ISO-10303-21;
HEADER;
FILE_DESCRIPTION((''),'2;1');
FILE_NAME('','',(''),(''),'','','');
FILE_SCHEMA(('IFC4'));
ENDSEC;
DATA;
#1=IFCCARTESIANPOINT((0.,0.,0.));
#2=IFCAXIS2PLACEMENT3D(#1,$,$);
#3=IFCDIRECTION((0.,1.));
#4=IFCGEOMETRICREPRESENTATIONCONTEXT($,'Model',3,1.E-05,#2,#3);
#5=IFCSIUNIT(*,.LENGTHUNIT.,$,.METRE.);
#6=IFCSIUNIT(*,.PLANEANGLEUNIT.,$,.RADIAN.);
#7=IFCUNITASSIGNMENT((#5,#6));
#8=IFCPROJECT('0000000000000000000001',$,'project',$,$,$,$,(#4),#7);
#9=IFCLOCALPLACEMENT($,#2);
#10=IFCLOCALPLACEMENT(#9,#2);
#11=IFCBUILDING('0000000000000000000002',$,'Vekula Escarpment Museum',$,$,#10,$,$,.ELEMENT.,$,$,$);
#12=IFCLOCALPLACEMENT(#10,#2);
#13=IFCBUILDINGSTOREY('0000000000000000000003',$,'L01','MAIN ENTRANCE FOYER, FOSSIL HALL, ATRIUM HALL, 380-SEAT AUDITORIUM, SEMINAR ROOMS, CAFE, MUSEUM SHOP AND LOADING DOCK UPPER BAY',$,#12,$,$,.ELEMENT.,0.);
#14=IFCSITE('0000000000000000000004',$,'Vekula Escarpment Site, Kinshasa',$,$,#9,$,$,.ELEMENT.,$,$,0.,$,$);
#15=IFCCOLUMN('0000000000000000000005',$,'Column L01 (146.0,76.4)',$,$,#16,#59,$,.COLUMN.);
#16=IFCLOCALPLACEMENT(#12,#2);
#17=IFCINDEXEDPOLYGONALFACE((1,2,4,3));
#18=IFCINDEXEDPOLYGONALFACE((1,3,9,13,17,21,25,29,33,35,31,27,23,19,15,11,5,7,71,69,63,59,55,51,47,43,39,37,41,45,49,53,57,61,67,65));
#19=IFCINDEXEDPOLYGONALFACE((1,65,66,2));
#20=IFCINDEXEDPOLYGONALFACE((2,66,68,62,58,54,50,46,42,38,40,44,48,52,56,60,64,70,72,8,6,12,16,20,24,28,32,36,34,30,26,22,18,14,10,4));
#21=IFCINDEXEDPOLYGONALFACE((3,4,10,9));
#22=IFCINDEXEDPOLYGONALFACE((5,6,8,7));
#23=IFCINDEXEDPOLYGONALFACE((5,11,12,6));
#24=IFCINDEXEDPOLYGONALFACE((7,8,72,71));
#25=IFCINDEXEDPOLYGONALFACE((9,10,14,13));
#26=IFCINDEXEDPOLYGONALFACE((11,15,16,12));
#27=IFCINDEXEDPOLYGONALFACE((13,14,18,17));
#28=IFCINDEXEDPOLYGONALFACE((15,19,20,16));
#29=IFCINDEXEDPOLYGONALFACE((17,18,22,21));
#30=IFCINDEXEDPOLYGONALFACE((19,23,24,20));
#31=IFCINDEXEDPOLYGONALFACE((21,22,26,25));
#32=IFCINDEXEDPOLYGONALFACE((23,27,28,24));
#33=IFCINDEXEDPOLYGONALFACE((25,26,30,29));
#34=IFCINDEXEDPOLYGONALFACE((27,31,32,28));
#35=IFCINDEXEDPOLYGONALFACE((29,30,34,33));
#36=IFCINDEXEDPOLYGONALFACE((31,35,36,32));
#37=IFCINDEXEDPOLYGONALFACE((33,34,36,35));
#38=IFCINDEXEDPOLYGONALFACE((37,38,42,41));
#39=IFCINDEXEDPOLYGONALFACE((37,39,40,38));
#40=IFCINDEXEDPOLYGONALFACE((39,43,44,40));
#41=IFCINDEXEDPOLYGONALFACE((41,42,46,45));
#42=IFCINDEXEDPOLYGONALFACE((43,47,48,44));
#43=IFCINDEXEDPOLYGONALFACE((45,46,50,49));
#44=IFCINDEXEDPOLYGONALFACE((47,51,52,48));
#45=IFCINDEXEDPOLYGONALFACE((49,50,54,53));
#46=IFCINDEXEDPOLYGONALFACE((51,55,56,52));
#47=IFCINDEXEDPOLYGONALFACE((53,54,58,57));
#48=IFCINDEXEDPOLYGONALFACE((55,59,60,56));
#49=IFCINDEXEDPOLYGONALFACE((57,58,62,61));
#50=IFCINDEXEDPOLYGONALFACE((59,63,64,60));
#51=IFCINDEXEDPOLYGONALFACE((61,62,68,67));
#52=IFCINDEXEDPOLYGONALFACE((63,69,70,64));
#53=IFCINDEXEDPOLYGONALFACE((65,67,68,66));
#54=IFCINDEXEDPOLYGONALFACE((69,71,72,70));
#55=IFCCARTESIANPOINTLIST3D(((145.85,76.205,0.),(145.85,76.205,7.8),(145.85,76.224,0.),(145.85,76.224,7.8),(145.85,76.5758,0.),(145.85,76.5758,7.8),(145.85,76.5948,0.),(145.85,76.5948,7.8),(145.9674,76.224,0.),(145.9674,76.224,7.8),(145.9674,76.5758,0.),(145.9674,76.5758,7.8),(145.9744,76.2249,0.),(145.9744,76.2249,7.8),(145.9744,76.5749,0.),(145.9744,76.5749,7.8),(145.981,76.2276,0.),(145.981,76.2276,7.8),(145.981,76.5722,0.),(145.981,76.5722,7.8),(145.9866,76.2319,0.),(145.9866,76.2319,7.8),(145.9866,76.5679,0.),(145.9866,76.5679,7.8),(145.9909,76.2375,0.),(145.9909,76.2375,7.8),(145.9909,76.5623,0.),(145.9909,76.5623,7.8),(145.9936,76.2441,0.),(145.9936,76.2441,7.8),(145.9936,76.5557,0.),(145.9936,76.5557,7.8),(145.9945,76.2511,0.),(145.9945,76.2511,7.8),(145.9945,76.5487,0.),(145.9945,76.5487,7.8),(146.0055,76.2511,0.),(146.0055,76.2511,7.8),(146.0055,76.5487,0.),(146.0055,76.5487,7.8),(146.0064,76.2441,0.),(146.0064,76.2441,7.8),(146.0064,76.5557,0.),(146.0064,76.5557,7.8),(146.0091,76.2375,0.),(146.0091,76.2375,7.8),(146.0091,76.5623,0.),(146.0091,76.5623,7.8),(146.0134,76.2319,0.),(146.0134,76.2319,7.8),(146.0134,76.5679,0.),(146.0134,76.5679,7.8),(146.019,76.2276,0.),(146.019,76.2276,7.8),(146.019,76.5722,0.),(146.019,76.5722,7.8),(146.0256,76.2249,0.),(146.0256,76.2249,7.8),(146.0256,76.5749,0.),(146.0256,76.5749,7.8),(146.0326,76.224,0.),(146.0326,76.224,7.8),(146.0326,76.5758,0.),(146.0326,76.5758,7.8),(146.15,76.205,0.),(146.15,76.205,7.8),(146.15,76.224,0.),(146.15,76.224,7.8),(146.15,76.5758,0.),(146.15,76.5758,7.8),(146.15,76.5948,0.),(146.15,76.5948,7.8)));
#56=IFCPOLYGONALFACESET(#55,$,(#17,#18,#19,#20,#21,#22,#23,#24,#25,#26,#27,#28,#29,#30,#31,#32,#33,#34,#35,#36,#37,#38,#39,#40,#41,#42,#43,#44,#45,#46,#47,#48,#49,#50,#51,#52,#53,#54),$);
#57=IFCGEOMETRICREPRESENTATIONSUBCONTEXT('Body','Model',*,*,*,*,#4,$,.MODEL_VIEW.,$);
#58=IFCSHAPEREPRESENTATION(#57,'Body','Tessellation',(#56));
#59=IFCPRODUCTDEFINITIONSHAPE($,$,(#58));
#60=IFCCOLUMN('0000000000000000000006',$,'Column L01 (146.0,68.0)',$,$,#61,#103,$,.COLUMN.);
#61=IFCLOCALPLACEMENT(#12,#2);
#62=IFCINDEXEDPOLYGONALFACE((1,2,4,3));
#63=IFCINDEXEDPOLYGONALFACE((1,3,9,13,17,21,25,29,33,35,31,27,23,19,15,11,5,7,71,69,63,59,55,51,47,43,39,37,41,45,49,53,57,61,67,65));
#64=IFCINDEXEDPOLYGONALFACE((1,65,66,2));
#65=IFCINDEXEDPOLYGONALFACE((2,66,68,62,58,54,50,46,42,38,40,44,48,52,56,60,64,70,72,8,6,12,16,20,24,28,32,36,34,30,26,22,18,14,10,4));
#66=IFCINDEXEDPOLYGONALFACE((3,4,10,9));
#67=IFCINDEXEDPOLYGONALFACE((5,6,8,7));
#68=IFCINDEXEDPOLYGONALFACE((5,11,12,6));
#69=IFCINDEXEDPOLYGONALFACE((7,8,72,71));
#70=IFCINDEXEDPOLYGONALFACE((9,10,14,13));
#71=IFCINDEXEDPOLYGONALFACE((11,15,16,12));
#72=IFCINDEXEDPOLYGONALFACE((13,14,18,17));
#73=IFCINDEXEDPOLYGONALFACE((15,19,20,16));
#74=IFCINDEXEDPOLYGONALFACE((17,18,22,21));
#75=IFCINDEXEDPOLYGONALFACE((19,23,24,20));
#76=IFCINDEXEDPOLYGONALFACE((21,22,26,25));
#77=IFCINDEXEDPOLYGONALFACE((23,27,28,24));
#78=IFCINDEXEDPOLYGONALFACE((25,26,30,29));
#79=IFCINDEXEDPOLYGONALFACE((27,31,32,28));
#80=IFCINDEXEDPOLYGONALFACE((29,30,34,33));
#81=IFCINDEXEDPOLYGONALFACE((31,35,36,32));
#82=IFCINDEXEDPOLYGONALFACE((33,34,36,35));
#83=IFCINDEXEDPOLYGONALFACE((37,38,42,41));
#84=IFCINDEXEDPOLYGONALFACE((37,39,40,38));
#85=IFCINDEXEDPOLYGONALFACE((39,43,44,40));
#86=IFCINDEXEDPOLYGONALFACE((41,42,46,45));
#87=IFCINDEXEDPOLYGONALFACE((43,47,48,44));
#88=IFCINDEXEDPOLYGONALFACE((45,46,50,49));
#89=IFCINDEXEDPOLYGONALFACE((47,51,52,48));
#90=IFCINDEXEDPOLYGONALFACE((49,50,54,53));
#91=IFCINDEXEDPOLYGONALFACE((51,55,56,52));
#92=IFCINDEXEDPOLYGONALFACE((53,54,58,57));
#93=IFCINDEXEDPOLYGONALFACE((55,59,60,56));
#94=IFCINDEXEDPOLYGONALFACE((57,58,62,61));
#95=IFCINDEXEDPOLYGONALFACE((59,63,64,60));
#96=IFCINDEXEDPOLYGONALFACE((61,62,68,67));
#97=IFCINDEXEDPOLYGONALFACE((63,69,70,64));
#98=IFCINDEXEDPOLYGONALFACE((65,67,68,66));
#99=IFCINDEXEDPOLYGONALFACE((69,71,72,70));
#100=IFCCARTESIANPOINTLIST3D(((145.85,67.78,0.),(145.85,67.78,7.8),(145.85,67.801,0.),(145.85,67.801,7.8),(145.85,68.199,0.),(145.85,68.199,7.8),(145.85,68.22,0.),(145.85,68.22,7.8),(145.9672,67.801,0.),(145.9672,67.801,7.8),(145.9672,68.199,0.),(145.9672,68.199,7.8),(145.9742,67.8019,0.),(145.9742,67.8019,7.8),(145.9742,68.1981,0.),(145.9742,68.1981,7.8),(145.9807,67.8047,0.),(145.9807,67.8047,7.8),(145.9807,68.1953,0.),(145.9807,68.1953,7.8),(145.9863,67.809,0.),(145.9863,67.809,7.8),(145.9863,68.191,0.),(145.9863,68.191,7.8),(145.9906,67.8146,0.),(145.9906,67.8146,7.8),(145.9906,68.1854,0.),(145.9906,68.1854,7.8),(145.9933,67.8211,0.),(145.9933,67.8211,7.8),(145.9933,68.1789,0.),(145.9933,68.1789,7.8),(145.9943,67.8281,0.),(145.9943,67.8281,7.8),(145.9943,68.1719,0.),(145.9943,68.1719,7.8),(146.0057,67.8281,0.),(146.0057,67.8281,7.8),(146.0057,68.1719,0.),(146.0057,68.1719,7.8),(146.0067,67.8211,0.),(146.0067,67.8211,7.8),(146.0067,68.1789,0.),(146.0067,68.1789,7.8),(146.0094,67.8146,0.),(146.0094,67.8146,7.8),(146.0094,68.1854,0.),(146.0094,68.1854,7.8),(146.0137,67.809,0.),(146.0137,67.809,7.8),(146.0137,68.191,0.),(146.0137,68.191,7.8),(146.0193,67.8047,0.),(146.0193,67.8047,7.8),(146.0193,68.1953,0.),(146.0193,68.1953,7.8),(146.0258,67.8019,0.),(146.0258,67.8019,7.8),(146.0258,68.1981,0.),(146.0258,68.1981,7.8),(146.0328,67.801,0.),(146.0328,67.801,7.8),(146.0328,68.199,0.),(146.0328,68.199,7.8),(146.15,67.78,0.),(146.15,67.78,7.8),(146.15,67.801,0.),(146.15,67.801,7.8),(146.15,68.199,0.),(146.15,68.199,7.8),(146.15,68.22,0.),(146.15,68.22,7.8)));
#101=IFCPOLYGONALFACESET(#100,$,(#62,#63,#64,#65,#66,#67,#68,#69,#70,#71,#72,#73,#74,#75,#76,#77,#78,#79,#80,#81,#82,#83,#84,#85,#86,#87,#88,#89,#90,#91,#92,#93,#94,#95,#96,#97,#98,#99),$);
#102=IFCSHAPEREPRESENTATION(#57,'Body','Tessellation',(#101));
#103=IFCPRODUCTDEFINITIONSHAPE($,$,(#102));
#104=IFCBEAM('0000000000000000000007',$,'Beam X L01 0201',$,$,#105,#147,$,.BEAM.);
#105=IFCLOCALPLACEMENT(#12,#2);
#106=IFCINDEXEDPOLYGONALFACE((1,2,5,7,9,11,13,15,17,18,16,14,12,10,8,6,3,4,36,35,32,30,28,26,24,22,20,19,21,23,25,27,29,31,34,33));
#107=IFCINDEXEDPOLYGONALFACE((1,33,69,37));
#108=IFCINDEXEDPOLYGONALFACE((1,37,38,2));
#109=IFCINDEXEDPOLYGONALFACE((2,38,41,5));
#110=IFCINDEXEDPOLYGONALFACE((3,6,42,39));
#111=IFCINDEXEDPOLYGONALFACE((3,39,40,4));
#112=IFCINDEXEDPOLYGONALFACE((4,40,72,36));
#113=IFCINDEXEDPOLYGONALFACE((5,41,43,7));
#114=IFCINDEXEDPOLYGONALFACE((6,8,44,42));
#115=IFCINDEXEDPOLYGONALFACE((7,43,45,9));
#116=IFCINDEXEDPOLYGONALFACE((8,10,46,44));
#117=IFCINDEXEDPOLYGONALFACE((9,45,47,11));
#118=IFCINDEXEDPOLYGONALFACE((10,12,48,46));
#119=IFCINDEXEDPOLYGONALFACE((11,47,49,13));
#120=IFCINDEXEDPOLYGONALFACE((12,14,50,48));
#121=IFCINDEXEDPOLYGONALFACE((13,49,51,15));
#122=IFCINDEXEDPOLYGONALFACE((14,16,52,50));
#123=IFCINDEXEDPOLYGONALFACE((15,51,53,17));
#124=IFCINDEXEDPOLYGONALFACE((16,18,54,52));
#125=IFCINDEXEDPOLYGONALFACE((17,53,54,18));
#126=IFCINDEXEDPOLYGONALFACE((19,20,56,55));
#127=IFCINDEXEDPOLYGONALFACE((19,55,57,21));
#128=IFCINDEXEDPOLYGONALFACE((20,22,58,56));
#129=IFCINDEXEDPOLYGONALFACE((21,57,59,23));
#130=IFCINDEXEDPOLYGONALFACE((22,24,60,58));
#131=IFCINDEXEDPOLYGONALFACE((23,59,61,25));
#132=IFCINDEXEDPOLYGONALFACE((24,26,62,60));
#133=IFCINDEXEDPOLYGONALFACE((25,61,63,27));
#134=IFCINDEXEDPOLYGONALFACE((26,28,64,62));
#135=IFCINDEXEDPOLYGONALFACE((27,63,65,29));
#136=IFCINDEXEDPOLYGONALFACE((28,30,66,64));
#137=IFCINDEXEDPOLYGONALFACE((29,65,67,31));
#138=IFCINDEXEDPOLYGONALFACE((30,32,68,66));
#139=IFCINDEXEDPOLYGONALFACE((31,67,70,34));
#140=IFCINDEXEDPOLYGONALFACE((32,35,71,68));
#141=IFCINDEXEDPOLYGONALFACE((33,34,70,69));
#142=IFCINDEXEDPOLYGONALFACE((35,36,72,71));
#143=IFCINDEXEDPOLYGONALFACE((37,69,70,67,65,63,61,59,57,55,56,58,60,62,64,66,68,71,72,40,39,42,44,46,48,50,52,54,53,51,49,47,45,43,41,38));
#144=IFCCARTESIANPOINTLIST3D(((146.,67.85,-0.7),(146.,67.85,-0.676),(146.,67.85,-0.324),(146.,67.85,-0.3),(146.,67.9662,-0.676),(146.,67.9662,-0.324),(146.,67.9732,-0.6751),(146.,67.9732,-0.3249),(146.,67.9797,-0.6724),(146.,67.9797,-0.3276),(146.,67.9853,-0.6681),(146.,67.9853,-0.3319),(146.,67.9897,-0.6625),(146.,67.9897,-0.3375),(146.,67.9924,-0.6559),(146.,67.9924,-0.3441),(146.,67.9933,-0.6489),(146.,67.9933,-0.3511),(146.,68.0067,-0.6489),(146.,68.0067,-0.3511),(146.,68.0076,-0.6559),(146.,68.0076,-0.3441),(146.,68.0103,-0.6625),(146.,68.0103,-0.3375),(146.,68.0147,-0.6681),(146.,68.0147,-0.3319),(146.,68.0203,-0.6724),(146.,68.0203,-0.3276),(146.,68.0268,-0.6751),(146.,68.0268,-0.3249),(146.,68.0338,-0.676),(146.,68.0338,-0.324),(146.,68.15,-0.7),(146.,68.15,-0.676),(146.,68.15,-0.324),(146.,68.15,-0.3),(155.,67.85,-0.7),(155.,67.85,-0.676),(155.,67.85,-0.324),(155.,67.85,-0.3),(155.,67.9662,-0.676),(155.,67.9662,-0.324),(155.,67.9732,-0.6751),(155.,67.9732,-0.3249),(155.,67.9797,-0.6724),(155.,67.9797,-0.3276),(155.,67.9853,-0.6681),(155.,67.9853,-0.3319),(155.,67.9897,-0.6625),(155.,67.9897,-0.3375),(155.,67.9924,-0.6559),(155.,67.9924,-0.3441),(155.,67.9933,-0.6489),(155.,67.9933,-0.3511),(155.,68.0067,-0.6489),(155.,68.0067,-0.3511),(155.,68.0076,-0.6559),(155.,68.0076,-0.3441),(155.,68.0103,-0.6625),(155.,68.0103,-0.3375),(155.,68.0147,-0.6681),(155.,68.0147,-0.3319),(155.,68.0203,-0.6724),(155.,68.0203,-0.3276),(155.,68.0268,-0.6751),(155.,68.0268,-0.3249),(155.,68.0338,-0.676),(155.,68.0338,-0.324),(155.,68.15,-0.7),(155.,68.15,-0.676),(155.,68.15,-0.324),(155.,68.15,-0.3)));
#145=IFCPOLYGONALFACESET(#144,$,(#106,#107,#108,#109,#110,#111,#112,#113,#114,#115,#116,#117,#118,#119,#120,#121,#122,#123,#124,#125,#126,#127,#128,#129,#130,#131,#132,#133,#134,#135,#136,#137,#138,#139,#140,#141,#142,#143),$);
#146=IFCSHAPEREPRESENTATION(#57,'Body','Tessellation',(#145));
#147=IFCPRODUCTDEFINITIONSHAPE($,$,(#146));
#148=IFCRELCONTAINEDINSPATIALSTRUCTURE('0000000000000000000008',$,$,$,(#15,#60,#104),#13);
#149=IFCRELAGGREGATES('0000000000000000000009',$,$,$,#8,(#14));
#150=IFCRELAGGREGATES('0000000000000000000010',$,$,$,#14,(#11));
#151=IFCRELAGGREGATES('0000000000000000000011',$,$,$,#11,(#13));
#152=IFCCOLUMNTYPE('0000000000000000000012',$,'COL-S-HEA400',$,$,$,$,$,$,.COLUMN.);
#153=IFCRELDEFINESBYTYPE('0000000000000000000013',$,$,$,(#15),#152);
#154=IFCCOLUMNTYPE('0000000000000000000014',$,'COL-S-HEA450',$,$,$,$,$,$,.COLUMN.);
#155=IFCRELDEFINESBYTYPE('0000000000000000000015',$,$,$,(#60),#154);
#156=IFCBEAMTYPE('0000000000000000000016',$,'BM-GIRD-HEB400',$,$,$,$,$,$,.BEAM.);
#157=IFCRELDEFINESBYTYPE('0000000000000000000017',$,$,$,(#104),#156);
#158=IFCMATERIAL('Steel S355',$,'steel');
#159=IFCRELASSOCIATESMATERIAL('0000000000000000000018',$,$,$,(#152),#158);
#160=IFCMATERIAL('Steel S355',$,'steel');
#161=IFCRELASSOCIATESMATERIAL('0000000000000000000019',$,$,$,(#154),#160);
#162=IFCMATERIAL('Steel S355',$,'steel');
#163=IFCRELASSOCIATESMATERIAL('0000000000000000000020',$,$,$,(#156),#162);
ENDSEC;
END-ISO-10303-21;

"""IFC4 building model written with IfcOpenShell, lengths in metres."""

from ifc_helpers import new_model, si_unit, direction, frame, origin, origin_2d, place, context, subcontext, project, spatial, i_section, extrude, material, material_profile, profile_set, type_object, element, save


model = new_model("IFC4")

# Units and contexts
model_context = context("Model", 3, precision=1e-05, world=origin(), true_north=direction((0.0, 1.0)))
body_context = subcontext(model_context, "Body", "Model", "MODEL_VIEW")
ifc_project = project(units=[si_unit("LENGTHUNIT", "METRE"), si_unit("PLANEANGLEUNIT", "RADIAN")], contexts=[model_context])

# Site, building, storey
site_placement = place(None, origin())
site = spatial("IfcSite", under=ifc_project, at=site_placement, Name="Vekula Escarpment Site, Kinshasa", CompositionType="ELEMENT", RefElevation=0.0)
building_placement = place(site_placement, origin())
building = spatial("IfcBuilding", under=site, at=building_placement, Name="Vekula Escarpment Museum", CompositionType="ELEMENT")
storey_placement = place(building_placement, origin())
storey = spatial("IfcBuildingStorey", under=building, at=storey_placement, Name="L01", Description="MAIN ENTRANCE FOYER, FOSSIL HALL, ATRIUM HALL, 380-SEAT AUDITORIUM, SEMINAR ROOMS, CAFE, MUSEUM SHOP AND LOADING DOCK UPPER BAY", CompositionType="ELEMENT", Elevation=0.0)

# Columns
ifc_material_1 = material(Name="Steel S355", Category="steel")
ifc_material_profile_1 = material_profile(ifc_material_1, i_section(OverallWidth=0.3, OverallDepth=0.3899, WebThickness=0.011, FlangeThickness=0.019, FilletRadius=0.0271, at=origin_2d()), Name="HEA 400")
ifc_profile_set_1 = profile_set([ifc_material_profile_1], Name="Steel S355")
column_type_1 = type_object("IfcColumnType", Name="COL-S-HEA400", PredefinedType="COLUMN", material=ifc_profile_set_1)
column_1_placement = place(storey_placement, frame((146.0, 76.3999, 0.0), z_axis=(0.0, 0.0, 1.0), x_axis=(1.0, 0.0, 0.0)))
element("IfcColumn", 1, at=column_1_placement, inside=storey, type_object=column_type_1, Name="Column L01 (146.0,76.4)", PredefinedType="COLUMN", context=body_context, shape_type="SweptSolid", body=[
    extrude(i_section(OverallWidth=0.3, OverallDepth=0.3899, WebThickness=0.011, FlangeThickness=0.019, FilletRadius=0.0271, at=origin_2d()), origin(), (0.0, 0.0, 1.0), 7.8),
])
ifc_material_2 = material(Name="Steel S355", Category="steel")
ifc_material_profile_2 = material_profile(ifc_material_2, i_section(OverallWidth=0.3, OverallDepth=0.4399, WebThickness=0.0115, FlangeThickness=0.021, FilletRadius=0.0271, at=origin_2d()), Name="HEA 450")
ifc_profile_set_2 = profile_set([ifc_material_profile_2], Name="Steel S355")
column_type_2 = type_object("IfcColumnType", Name="COL-S-HEA450", PredefinedType="COLUMN", material=ifc_profile_set_2)
column_2_placement = place(storey_placement, frame((146.0, 68.0, 0.0), z_axis=(0.0, 0.0, 1.0), x_axis=(1.0, 0.0, 0.0)))
element("IfcColumn", 2, at=column_2_placement, inside=storey, type_object=column_type_2, Name="Column L01 (146.0,68.0)", PredefinedType="COLUMN", context=body_context, shape_type="SweptSolid", body=[
    extrude(i_section(OverallWidth=0.3, OverallDepth=0.4399, WebThickness=0.0115, FlangeThickness=0.021, FilletRadius=0.0271, at=origin_2d()), origin(), (0.0, 0.0, 1.0), 7.8),
])

# Beam
ifc_material_3 = material(Name="Steel S355", Category="steel")
ifc_material_profile_3 = material_profile(ifc_material_3, i_section(OverallWidth=0.3, OverallDepth=0.3999, WebThickness=0.0134, FlangeThickness=0.0239, FilletRadius=0.0271, at=origin_2d()), Name="HEB 400")
ifc_profile_set_3 = profile_set([ifc_material_profile_3], Name="Steel S355")
beam_type_1 = type_object("IfcBeamType", Name="BM-GIRD-HEB400", PredefinedType="BEAM", material=ifc_profile_set_3)
beam_1_placement = place(storey_placement, frame((146.0, 68.0, -0.5), z_axis=(1.0, 0.0, 0.0), x_axis=(0.0, 1.0, 0.0)))
element("IfcBeam", 3, at=beam_1_placement, inside=storey, type_object=beam_type_1, Name="Beam X L01 0201", PredefinedType="BEAM", context=body_context, shape_type="SweptSolid", body=[
    extrude(i_section(OverallWidth=0.3, OverallDepth=0.3999, WebThickness=0.0134, FlangeThickness=0.0239, FilletRadius=0.0271, at=origin_2d()), origin(), (0.0, 0.0, 1.0), 9.0),
])

save(model, "model.ifc")
